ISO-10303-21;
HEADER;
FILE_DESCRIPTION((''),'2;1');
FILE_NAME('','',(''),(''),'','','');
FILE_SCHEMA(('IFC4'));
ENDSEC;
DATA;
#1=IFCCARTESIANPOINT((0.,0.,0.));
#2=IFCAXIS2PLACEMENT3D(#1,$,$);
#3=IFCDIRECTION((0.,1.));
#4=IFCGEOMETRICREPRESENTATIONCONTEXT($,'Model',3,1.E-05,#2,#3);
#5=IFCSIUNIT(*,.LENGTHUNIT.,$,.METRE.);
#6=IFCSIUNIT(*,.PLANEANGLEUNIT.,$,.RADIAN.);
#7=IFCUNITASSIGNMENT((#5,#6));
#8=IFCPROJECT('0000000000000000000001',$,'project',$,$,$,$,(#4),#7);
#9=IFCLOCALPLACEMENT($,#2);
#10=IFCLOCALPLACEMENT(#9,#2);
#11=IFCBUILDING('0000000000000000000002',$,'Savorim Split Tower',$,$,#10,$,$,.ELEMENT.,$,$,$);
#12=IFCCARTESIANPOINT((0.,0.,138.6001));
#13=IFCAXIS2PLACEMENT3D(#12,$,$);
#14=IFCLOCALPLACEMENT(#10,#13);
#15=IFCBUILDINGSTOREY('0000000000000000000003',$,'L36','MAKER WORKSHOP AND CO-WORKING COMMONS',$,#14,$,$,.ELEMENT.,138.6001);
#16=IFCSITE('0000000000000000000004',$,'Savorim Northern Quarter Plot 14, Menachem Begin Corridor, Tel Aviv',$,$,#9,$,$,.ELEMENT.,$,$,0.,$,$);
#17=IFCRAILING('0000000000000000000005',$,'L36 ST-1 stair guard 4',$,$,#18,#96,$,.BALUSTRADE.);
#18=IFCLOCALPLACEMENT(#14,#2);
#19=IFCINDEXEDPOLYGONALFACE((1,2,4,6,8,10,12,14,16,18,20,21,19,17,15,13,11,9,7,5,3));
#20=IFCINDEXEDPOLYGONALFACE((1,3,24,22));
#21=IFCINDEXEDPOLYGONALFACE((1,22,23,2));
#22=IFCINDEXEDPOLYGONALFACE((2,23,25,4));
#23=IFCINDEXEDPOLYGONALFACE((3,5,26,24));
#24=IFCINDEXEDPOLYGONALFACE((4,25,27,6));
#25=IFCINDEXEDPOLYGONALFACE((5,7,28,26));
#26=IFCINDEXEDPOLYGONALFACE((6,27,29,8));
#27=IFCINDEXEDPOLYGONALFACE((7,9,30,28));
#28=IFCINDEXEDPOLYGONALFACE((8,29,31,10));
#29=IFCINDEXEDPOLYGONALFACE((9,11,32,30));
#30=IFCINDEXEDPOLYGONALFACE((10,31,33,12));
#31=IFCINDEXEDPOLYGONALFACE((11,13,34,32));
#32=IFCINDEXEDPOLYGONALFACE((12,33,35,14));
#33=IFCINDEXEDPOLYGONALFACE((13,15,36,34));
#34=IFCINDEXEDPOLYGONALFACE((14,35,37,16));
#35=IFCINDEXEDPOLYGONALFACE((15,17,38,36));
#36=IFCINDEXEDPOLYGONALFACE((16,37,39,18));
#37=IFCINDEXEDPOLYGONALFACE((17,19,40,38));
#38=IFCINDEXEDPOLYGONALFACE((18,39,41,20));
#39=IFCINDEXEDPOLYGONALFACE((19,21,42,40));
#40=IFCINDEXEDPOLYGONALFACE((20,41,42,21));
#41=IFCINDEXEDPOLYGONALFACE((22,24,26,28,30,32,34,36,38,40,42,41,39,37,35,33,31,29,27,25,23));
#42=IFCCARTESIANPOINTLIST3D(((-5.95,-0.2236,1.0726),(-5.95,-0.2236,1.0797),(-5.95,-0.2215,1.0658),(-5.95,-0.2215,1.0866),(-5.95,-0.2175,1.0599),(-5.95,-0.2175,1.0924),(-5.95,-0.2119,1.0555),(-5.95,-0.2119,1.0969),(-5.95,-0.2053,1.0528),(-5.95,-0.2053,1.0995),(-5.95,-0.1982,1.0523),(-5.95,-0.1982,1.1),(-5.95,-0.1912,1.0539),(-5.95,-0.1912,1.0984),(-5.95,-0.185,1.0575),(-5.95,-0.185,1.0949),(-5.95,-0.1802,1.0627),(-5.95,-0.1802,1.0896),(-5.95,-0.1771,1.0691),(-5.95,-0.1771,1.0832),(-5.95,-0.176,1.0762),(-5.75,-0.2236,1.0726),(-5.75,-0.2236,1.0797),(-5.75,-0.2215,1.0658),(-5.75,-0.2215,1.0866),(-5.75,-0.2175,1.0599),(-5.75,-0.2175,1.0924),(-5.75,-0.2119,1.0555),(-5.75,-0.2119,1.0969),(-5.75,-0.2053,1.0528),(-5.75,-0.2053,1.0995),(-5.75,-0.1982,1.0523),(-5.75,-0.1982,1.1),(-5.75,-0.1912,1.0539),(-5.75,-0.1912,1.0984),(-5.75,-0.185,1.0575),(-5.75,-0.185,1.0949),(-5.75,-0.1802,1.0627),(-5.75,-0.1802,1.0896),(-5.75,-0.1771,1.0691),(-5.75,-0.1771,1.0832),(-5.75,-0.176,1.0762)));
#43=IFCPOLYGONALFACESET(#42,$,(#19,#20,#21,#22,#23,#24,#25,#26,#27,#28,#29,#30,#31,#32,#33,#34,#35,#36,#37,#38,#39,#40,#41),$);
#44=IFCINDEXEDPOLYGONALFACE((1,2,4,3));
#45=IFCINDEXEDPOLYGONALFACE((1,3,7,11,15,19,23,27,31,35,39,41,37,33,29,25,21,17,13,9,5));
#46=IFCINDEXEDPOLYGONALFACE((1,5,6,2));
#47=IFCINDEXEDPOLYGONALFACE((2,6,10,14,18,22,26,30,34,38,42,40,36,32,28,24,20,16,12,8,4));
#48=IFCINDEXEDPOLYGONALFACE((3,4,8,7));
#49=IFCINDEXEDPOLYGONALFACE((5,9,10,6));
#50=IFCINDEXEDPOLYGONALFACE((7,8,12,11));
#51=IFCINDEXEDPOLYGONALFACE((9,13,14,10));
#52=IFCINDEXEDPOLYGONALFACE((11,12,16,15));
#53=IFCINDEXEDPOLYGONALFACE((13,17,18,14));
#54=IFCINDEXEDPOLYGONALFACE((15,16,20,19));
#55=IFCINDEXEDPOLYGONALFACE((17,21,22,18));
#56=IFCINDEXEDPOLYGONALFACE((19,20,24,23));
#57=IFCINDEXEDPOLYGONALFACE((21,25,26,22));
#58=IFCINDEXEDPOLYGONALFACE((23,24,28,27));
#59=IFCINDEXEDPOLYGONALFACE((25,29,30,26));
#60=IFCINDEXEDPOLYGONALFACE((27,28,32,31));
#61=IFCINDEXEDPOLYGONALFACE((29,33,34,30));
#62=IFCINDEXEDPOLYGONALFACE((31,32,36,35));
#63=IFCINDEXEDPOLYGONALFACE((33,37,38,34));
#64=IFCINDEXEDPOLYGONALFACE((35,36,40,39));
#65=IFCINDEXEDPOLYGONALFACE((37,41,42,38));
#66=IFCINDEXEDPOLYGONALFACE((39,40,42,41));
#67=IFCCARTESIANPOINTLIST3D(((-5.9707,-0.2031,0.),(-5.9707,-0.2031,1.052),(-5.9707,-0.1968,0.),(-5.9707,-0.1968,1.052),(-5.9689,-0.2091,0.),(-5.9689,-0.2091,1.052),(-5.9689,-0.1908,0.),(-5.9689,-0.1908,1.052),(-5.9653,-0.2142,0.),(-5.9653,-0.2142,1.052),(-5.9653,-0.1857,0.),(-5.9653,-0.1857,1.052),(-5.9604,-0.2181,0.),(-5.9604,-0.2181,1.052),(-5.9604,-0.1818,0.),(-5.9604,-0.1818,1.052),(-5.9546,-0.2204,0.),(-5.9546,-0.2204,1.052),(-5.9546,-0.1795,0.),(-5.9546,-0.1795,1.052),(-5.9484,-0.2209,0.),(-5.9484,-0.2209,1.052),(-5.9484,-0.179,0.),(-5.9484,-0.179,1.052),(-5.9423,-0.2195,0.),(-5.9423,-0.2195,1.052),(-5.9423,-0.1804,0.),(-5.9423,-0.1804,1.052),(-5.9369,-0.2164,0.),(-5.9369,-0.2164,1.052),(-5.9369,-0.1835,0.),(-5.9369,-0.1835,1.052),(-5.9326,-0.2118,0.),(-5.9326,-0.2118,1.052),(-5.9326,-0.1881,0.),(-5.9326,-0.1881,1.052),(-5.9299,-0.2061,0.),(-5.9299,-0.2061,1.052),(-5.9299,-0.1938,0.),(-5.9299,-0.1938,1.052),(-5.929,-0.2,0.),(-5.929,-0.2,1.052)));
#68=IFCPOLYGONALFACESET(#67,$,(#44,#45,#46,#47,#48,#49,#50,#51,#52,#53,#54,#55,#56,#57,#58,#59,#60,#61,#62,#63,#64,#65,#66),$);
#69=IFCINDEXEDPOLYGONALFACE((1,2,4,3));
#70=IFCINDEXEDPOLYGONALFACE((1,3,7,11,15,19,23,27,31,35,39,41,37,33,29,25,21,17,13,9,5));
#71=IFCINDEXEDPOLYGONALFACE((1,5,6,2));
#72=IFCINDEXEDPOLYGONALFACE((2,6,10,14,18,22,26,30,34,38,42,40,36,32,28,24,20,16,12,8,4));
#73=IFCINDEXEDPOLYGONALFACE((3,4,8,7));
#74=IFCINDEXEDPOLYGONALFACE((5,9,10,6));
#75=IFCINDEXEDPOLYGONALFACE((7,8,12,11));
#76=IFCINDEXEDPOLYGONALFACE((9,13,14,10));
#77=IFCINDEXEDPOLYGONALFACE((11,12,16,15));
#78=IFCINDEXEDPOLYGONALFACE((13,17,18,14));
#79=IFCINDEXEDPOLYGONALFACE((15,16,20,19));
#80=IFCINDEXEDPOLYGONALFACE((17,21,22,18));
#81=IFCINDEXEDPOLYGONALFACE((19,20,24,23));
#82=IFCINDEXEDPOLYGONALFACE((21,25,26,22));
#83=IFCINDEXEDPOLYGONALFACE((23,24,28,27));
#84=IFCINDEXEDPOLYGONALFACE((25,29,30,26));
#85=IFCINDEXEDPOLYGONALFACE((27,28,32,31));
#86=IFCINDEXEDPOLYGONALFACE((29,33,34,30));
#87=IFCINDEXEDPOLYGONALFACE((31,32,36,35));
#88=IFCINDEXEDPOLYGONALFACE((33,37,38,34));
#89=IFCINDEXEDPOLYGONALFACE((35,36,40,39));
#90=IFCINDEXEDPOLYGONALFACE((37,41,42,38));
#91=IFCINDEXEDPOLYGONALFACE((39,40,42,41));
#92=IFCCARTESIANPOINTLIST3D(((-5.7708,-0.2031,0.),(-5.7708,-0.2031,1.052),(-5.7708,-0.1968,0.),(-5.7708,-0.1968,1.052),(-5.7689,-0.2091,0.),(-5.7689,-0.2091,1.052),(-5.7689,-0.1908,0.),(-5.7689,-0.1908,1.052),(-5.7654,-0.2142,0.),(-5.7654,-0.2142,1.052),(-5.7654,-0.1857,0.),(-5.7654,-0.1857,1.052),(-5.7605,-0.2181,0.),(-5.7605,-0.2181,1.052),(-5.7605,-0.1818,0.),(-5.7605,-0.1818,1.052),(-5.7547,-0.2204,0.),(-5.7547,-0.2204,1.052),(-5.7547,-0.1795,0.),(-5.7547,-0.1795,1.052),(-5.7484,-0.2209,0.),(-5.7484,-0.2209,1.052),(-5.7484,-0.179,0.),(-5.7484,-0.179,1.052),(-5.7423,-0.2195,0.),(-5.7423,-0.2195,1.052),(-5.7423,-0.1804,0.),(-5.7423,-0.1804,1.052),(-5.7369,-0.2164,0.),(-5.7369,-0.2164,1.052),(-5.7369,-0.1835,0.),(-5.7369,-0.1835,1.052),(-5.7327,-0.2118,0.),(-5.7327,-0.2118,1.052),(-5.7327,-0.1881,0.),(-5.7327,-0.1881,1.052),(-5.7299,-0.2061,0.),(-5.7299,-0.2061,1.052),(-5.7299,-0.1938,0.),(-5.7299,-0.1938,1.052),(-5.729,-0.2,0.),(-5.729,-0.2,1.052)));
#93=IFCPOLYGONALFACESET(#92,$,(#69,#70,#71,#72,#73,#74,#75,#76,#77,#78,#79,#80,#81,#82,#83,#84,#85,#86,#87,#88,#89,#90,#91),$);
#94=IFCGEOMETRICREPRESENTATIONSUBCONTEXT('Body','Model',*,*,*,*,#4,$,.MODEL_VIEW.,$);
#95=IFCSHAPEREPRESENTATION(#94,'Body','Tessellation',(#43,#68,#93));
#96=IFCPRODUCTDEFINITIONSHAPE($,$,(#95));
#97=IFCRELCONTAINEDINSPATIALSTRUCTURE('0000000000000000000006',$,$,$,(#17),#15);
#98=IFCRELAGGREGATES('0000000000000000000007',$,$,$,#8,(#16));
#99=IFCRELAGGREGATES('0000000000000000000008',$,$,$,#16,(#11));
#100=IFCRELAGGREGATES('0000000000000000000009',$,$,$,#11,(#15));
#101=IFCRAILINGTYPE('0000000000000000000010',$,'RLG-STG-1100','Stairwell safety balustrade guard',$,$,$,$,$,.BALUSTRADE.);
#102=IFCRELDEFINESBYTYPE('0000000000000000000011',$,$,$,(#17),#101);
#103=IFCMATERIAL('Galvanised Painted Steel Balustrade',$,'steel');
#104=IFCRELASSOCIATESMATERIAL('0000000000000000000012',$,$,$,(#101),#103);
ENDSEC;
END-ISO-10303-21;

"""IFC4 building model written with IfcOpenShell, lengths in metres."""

from ifc_helpers import new_model, si_unit, direction, frame, origin, origin_2d, place, context, subcontext, project, spatial, circle, extrude, material, type_object, element, save


model = new_model("IFC4")

# Units and contexts
model_context = context("Model", 3, precision=1e-05, world=origin(), true_north=direction((0.0, 1.0)))
body_context = subcontext(model_context, "Body", "Model", "MODEL_VIEW")
ifc_project = project(units=[si_unit("LENGTHUNIT", "METRE"), si_unit("PLANEANGLEUNIT", "RADIAN")], contexts=[model_context])

# Site, building, storey
site_placement = place(None, origin())
site = spatial("IfcSite", under=ifc_project, at=site_placement, Name="Savorim Northern Quarter Plot 14, Menachem Begin Corridor, Tel Aviv", CompositionType="ELEMENT", RefElevation=0.0)
building_placement = place(site_placement, origin())
building = spatial("IfcBuilding", under=site, at=building_placement, Name="Savorim Split Tower", CompositionType="ELEMENT")
storey_placement = place(building_placement, frame((0.0, 0.0, 138.6001)))
storey = spatial("IfcBuildingStorey", under=building, at=storey_placement, Name="L36", Description="MAKER WORKSHOP AND CO-WORKING COMMONS", CompositionType="ELEMENT", Elevation=138.6001)

# Railing
ifc_material_1 = material(Name="Galvanised Painted Steel Balustrade", Category="steel")
railing_type_1 = type_object("IfcRailingType", Name="RLG-STG-1100", Description="Stairwell safety balustrade guard", PredefinedType="BALUSTRADE", material=ifc_material_1)
railing_1_placement = place(storey_placement, frame((-5.95, -0.2, 0.0)))
element("IfcRailing", 1, at=railing_1_placement, inside=storey, type_object=railing_type_1, Name="L36 ST-1 stair guard 4", PredefinedType="BALUSTRADE", context=body_context, shape_type="SweptSolid", body=[
    extrude(circle(Radius=0.0239, at=origin_2d()), frame((0.0, 0.0, 1.0762), z_axis=(1.0, 0.0, 0.0), x_axis=(0.0, 1.0, 0.0)), (0.0, 0.0, 1.0), 0.2),
    extrude(circle(Radius=0.021, at=origin_2d()), origin(), (0.0, 0.0, 1.0), 1.052),
    extrude(circle(Radius=0.021, at=origin_2d()), frame((0.2, 0.0, 0.0)), (0.0, 0.0, 1.0), 1.052),
])

save(model, "model.ifc")
